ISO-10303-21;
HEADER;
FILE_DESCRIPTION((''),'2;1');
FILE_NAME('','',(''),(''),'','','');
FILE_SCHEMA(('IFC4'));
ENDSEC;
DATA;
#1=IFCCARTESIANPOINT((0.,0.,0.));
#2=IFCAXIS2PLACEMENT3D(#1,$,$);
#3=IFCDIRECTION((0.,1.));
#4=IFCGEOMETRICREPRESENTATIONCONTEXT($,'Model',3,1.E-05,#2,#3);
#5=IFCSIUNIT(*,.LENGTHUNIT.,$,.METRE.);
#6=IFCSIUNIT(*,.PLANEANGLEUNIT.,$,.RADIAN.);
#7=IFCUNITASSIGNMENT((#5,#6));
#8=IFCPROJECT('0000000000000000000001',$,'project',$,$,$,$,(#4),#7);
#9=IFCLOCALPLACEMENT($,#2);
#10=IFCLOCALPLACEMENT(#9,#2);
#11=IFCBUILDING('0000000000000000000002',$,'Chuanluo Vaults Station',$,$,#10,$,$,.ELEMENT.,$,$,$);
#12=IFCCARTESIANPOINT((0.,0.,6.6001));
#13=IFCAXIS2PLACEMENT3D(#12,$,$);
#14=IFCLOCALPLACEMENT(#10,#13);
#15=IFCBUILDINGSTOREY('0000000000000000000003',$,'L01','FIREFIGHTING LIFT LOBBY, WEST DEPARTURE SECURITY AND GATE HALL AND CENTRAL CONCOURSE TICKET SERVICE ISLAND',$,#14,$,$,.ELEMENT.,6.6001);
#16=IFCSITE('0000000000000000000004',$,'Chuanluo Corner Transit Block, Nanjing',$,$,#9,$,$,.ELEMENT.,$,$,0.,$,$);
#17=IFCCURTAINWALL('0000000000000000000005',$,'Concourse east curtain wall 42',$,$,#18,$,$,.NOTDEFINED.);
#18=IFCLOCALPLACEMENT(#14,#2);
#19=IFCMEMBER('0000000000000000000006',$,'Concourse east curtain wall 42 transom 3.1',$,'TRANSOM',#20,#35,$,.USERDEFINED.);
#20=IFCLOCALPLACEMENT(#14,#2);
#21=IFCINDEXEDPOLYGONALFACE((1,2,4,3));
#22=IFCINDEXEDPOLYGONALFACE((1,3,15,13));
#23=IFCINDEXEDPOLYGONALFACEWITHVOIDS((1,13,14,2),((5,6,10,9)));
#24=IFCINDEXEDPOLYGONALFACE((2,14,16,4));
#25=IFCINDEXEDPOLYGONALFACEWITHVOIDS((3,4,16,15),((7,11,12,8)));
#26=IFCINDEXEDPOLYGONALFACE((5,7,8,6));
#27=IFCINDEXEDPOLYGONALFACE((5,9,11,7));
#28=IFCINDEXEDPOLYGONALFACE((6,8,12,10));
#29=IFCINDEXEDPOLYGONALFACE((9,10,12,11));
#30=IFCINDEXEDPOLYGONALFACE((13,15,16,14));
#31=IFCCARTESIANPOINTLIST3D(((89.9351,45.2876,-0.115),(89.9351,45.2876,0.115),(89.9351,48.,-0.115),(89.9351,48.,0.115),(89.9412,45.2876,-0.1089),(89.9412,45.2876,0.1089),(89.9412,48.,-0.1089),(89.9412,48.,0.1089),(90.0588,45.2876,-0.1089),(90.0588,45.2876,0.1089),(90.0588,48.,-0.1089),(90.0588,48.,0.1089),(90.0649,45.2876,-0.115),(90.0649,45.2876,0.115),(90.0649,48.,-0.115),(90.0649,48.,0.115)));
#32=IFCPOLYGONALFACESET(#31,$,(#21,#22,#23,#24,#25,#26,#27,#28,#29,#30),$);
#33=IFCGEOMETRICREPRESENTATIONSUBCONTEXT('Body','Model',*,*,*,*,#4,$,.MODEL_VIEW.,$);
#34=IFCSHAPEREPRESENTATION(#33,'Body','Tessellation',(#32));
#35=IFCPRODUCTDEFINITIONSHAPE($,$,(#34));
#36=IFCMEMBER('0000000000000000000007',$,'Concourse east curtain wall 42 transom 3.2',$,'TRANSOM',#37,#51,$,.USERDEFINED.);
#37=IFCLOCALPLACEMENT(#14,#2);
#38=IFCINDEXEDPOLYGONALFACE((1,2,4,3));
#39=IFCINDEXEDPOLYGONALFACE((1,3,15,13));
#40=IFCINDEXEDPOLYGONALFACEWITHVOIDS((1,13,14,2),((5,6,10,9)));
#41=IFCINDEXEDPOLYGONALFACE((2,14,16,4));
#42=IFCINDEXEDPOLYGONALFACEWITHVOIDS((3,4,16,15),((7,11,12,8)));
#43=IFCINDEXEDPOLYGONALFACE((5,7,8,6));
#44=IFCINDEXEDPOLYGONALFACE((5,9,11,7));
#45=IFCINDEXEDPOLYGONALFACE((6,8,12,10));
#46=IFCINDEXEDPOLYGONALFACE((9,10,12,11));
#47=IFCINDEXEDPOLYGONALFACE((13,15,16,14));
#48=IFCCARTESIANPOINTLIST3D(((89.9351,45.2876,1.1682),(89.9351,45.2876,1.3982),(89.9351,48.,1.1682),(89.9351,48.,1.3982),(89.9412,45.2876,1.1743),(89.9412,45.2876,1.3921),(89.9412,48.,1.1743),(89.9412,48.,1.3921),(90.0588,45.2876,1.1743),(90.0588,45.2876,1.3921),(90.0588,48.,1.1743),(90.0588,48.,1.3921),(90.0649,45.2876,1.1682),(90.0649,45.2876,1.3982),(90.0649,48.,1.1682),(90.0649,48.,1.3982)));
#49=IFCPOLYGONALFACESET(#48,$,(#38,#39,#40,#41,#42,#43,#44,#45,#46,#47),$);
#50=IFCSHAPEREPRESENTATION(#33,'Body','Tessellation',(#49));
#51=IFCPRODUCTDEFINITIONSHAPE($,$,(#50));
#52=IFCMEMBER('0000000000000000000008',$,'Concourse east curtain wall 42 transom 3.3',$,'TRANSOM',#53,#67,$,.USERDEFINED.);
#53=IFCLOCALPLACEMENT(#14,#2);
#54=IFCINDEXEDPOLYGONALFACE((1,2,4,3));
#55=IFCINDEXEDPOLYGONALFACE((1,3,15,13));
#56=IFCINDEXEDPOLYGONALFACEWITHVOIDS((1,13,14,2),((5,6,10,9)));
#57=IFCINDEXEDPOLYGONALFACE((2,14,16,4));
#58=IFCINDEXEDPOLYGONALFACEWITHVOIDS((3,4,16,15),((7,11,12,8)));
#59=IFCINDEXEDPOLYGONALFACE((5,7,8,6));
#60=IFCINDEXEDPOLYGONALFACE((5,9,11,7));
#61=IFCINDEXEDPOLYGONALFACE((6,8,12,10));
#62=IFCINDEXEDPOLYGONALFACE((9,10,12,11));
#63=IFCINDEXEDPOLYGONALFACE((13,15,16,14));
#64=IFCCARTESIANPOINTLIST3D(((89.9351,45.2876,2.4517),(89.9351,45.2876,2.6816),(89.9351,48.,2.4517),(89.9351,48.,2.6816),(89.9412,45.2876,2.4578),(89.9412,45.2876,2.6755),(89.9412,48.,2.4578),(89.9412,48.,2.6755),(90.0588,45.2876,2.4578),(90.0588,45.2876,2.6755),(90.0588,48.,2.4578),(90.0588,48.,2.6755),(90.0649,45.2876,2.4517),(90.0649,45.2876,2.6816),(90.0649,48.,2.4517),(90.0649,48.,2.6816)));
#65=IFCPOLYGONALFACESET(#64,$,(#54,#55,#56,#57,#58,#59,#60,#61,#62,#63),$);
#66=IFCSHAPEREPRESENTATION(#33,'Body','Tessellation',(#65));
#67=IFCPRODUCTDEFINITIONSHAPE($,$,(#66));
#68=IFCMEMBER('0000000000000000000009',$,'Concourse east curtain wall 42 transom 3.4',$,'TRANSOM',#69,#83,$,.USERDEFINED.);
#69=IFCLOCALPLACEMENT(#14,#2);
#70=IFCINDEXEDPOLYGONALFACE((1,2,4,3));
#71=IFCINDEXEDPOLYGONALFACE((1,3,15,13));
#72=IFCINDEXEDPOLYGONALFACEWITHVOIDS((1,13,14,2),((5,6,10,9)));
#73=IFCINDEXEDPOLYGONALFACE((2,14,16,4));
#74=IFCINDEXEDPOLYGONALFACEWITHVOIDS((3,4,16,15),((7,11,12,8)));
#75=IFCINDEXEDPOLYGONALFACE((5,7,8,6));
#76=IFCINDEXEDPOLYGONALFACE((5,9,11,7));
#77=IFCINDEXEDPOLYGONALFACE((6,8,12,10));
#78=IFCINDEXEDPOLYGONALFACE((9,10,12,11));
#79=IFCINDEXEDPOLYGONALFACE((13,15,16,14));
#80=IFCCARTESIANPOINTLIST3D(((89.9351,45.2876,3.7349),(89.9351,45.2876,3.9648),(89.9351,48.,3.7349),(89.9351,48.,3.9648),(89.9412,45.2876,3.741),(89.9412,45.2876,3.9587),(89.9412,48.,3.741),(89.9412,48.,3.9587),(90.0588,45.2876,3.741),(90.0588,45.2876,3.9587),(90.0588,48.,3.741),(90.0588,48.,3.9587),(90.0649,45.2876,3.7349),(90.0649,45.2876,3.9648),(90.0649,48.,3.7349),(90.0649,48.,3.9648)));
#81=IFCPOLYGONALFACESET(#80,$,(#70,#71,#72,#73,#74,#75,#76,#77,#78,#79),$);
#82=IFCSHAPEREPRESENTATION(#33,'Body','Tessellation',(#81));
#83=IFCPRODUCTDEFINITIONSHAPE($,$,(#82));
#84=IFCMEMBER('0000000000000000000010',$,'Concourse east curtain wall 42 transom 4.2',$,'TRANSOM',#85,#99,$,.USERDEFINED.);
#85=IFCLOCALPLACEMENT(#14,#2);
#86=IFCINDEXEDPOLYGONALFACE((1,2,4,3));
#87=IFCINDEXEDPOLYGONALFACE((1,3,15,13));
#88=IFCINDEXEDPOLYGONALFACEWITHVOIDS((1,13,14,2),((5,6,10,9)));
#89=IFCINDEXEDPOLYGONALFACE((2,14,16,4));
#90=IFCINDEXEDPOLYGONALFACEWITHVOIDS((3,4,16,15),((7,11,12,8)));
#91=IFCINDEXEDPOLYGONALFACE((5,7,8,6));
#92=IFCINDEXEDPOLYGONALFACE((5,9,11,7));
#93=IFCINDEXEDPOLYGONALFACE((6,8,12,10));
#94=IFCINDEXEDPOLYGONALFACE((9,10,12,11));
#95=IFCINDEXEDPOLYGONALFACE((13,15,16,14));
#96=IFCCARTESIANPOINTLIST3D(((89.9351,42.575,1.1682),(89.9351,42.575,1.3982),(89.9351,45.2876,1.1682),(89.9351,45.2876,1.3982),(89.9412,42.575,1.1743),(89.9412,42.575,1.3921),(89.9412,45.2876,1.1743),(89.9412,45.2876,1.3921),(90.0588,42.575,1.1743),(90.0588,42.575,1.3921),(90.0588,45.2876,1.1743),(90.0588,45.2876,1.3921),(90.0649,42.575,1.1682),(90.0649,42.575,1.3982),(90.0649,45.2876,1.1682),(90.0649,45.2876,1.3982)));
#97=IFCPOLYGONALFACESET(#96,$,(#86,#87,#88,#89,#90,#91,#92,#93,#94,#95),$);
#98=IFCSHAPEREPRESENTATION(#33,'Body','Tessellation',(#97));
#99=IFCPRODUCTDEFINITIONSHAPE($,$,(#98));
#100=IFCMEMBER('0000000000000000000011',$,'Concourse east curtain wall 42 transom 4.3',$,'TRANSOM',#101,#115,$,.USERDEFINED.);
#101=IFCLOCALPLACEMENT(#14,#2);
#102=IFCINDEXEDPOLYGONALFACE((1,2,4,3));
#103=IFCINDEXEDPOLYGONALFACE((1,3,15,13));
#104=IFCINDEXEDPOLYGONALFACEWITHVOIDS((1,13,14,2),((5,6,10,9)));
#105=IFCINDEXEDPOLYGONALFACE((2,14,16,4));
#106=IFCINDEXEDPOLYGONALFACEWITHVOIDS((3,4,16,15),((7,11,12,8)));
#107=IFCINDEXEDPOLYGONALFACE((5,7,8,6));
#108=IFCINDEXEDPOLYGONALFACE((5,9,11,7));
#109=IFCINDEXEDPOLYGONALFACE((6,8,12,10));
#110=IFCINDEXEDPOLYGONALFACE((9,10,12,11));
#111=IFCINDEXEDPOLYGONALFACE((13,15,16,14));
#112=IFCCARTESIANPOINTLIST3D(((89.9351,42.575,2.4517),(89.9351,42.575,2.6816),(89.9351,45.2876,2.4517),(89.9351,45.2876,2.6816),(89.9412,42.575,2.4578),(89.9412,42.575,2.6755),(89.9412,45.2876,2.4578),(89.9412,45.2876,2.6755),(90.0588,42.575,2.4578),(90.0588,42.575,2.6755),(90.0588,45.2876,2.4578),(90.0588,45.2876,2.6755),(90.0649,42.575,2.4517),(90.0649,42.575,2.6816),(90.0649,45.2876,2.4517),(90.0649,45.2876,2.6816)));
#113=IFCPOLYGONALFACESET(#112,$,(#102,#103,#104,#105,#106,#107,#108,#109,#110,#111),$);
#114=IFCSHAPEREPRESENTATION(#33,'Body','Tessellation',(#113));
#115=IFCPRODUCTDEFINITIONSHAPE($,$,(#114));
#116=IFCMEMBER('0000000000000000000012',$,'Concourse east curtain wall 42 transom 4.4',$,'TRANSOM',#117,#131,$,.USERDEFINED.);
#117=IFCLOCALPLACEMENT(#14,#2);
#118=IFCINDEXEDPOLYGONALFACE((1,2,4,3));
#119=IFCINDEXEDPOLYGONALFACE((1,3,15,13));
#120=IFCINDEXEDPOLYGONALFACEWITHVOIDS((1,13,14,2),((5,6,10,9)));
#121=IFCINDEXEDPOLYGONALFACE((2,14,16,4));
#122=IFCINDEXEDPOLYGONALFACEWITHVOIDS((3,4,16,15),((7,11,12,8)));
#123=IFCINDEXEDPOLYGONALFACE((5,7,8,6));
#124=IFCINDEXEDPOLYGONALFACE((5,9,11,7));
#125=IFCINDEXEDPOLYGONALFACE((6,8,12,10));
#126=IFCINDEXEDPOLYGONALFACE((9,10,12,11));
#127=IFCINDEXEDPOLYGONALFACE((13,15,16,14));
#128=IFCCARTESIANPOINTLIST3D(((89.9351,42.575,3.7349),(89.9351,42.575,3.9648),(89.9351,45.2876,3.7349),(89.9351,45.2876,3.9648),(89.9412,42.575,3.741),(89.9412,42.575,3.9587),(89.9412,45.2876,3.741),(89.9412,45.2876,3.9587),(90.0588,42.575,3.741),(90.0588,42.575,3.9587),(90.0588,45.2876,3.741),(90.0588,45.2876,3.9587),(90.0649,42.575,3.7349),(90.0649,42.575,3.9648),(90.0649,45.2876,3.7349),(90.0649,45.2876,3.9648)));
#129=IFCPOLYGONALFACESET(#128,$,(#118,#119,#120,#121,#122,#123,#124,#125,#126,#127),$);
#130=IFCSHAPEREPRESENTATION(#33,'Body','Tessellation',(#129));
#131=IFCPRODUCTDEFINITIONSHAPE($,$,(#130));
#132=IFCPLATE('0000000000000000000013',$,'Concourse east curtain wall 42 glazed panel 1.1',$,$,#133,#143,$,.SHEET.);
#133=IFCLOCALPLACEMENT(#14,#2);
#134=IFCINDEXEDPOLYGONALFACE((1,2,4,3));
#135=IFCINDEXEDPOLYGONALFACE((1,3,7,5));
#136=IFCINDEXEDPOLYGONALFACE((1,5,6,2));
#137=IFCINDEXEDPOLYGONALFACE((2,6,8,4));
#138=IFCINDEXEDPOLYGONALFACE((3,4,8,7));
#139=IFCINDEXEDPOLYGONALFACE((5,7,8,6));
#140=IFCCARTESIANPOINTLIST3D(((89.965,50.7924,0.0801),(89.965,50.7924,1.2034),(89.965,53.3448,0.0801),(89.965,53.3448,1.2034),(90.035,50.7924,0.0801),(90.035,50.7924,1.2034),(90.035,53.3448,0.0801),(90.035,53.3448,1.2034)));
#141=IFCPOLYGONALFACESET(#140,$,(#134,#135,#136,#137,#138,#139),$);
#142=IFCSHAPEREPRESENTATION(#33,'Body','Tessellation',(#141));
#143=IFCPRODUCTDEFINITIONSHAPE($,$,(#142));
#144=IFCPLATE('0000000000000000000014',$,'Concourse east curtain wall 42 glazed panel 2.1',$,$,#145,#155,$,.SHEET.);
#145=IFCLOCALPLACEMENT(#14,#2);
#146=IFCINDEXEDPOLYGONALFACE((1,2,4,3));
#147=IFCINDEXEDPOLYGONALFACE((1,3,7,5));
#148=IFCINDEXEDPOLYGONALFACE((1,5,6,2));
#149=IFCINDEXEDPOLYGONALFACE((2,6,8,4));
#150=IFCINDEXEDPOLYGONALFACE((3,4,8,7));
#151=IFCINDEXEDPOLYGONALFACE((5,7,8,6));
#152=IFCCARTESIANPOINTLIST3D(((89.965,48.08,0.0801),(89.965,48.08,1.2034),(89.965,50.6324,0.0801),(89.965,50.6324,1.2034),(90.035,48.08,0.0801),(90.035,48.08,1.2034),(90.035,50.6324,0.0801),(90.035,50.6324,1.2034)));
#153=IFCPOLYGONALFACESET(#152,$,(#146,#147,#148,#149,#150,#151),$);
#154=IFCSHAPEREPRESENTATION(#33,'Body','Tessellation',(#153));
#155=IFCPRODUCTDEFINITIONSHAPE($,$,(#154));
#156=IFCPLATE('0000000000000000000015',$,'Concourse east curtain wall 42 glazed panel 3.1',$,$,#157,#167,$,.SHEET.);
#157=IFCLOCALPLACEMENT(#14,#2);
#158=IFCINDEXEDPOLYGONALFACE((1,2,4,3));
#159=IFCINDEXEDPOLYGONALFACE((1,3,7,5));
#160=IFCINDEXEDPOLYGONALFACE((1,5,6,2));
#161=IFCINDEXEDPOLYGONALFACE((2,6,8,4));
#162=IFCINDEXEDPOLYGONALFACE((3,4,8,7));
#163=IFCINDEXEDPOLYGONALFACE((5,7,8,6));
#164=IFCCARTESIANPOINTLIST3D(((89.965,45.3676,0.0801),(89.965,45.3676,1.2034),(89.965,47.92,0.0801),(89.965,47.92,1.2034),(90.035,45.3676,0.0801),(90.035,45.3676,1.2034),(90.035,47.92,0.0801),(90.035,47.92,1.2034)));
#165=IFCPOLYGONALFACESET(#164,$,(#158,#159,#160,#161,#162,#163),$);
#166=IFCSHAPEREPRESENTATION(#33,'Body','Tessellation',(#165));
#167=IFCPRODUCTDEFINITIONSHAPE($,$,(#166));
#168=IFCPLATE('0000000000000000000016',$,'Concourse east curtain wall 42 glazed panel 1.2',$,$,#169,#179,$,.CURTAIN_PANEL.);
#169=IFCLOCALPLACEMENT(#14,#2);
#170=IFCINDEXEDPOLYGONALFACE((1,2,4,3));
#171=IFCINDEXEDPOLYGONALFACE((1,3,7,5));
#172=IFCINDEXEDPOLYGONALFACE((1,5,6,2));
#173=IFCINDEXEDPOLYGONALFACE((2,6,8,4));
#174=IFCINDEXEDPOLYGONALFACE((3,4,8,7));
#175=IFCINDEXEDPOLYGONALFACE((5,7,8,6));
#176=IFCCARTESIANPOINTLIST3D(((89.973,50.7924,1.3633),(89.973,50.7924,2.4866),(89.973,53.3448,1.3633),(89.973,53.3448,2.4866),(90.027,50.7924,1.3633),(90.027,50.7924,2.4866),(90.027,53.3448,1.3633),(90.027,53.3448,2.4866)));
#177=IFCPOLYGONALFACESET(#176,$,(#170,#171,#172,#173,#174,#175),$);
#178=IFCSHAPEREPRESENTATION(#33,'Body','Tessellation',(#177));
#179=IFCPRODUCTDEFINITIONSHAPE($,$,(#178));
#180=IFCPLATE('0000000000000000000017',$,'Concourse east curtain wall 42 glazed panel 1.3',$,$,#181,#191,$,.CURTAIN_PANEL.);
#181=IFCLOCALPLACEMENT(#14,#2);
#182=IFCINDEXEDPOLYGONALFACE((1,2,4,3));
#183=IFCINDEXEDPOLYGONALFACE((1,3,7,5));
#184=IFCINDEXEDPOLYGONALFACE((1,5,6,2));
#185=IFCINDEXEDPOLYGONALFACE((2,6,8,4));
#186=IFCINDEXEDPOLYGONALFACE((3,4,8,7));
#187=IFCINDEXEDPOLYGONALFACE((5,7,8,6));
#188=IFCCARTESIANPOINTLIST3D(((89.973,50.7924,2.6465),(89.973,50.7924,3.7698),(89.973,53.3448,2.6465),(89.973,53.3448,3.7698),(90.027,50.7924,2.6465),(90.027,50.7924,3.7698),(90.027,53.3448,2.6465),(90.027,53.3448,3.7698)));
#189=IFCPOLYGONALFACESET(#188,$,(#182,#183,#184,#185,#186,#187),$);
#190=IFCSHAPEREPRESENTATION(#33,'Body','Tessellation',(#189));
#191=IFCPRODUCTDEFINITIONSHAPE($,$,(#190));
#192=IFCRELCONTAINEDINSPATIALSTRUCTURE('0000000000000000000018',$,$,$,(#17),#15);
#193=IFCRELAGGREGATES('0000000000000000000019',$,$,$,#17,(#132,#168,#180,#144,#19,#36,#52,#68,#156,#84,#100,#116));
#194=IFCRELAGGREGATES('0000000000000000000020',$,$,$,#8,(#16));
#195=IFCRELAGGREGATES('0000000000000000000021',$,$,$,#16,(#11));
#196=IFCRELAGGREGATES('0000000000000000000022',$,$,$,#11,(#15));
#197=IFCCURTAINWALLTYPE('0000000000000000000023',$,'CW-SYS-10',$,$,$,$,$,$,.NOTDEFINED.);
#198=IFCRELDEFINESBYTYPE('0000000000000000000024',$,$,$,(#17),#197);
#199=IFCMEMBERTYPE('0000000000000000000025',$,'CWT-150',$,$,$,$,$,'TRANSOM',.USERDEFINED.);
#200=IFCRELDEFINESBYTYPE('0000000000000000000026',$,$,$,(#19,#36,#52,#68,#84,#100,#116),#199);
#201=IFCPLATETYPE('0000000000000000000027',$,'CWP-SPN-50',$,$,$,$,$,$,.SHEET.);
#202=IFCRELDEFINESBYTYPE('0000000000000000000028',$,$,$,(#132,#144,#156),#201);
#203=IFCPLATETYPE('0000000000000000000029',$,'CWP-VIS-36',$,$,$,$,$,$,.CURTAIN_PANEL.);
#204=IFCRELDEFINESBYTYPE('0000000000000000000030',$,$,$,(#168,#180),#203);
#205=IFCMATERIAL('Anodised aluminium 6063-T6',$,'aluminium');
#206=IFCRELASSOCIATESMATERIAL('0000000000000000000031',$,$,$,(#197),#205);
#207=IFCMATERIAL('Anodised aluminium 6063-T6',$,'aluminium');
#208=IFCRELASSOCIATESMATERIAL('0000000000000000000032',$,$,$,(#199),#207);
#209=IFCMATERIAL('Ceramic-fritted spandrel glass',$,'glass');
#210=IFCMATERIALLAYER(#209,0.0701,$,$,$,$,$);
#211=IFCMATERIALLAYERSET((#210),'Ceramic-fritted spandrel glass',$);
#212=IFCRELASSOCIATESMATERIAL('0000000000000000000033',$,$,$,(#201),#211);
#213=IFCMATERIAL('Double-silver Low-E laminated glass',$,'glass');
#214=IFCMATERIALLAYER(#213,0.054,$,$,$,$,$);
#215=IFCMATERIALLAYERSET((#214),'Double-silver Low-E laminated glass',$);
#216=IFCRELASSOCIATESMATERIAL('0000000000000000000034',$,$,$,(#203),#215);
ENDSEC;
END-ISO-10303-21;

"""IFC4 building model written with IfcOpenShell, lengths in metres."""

from ifc_helpers import new_model, si_unit, direction, frame, origin, origin_2d, place, context, subcontext, project, spatial, rectangle, hollow_rectangle, extrude, material, layer, layer_set, material_profile, profile_set, type_object, element, aggregate, save


model = new_model("IFC4")

# Units and contexts
model_context = context("Model", 3, precision=1e-05, world=origin(), true_north=direction((0.0, 1.0)))
body_context = subcontext(model_context, "Body", "Model", "MODEL_VIEW")
ifc_project = project(units=[si_unit("LENGTHUNIT", "METRE"), si_unit("PLANEANGLEUNIT", "RADIAN")], contexts=[model_context])

# Site, building, storey
site_placement = place(None, origin())
site = spatial("IfcSite", under=ifc_project, at=site_placement, Name="Chuanluo Corner Transit Block, Nanjing", CompositionType="ELEMENT", RefElevation=0.0)
building_placement = place(site_placement, origin())
building = spatial("IfcBuilding", under=site, at=building_placement, Name="Chuanluo Vaults Station", CompositionType="ELEMENT")
storey_placement = place(building_placement, frame((0.0, 0.0, 6.6001)))
storey = spatial("IfcBuildingStorey", under=building, at=storey_placement, Name="L01", Description="FIREFIGHTING LIFT LOBBY, WEST DEPARTURE SECURITY AND GATE HALL AND CENTRAL CONCOURSE TICKET SERVICE ISLAND", CompositionType="ELEMENT", Elevation=6.6001)

# Curtain wall, members, plates
ifc_material_1 = material(Name="Anodised aluminium 6063-T6", Category="aluminium")
curtain_wall_type = type_object("IfcCurtainWallType", Name="CW-SYS-10", PredefinedType="NOTDEFINED", material=ifc_material_1)
curtain_wall_placement = place(storey_placement, origin())
curtain_wall = element("IfcCurtainWall", 1, at=curtain_wall_placement, inside=storey, type_object=curtain_wall_type, Name="Concourse east curtain wall 42", PredefinedType="NOTDEFINED")
ifc_material_2 = material(Name="Anodised aluminium 6063-T6", Category="aluminium")
ifc_material_profile_1 = material_profile(ifc_material_2, hollow_rectangle(XDim=0.1299, YDim=0.23, WallThickness=0.0061, at=origin_2d()))
ifc_profile_set_1 = profile_set([ifc_material_profile_1], Name="Anodised aluminium 6063-T6")
member_type_1 = type_object("IfcMemberType", Name="CWT-150", ElementType="TRANSOM", PredefinedType="USERDEFINED", material=ifc_profile_set_1)
member_1_placement = place(storey_placement, frame((90.0, 48.0, 0.0), z_axis=(0.0, -1.0, 0.0), x_axis=(1.0, 0.0, 0.0)))
member_1 = element("IfcMember", 2, at=member_1_placement, type_object=member_type_1, Name="Concourse east curtain wall 42 transom 3.1", ObjectType="TRANSOM", PredefinedType="USERDEFINED", context=body_context, shape_type="SweptSolid", body=[
    extrude(hollow_rectangle(XDim=0.1299, YDim=0.23, WallThickness=0.0061, at=origin_2d()), origin(), (0.0, 0.0, 1.0), 2.7124),
])
member_2_placement = place(storey_placement, frame((90.0, 48.0, 1.2832), z_axis=(0.0, -1.0, 0.0), x_axis=(1.0, 0.0, 0.0)))
member_2 = element("IfcMember", 3, at=member_2_placement, type_object=member_type_1, Name="Concourse east curtain wall 42 transom 3.2", ObjectType="TRANSOM", PredefinedType="USERDEFINED", context=body_context, shape_type="SweptSolid", body=[
    extrude(hollow_rectangle(XDim=0.1299, YDim=0.23, WallThickness=0.0061, at=origin_2d()), origin(), (0.0, 0.0, 1.0), 2.7124),
])
member_3_placement = place(storey_placement, frame((90.0, 48.0, 2.5667), z_axis=(0.0, -1.0, 0.0), x_axis=(1.0, 0.0, 0.0)))
member_3 = element("IfcMember", 4, at=member_3_placement, type_object=member_type_1, Name="Concourse east curtain wall 42 transom 3.3", ObjectType="TRANSOM", PredefinedType="USERDEFINED", context=body_context, shape_type="SweptSolid", body=[
    extrude(hollow_rectangle(XDim=0.1299, YDim=0.23, WallThickness=0.0061, at=origin_2d()), origin(), (0.0, 0.0, 1.0), 2.7124),
])
member_4_placement = place(storey_placement, frame((90.0, 48.0, 3.8499), z_axis=(0.0, -1.0, 0.0), x_axis=(1.0, 0.0, 0.0)))
member_4 = element("IfcMember", 5, at=member_4_placement, type_object=member_type_1, Name="Concourse east curtain wall 42 transom 3.4", ObjectType="TRANSOM", PredefinedType="USERDEFINED", context=body_context, shape_type="SweptSolid", body=[
    extrude(hollow_rectangle(XDim=0.1299, YDim=0.23, WallThickness=0.0061, at=origin_2d()), origin(), (0.0, 0.0, 1.0), 2.7124),
])
member_5_placement = place(storey_placement, frame((90.0, 45.2876, 1.2832), z_axis=(0.0, -1.0, 0.0), x_axis=(1.0, 0.0, 0.0)))
member_5 = element("IfcMember", 6, at=member_5_placement, type_object=member_type_1, Name="Concourse east curtain wall 42 transom 4.2", ObjectType="TRANSOM", PredefinedType="USERDEFINED", context=body_context, shape_type="SweptSolid", body=[
    extrude(hollow_rectangle(XDim=0.1299, YDim=0.23, WallThickness=0.0061, at=origin_2d()), origin(), (0.0, 0.0, 1.0), 2.7126),
])
member_6_placement = place(storey_placement, frame((90.0, 45.2876, 2.5667), z_axis=(0.0, -1.0, 0.0), x_axis=(1.0, 0.0, 0.0)))
member_6 = element("IfcMember", 7, at=member_6_placement, type_object=member_type_1, Name="Concourse east curtain wall 42 transom 4.3", ObjectType="TRANSOM", PredefinedType="USERDEFINED", context=body_context, shape_type="SweptSolid", body=[
    extrude(hollow_rectangle(XDim=0.1299, YDim=0.23, WallThickness=0.0061, at=origin_2d()), origin(), (0.0, 0.0, 1.0), 2.7126),
])
member_7_placement = place(storey_placement, frame((90.0, 45.2876, 3.8499), z_axis=(0.0, -1.0, 0.0), x_axis=(1.0, 0.0, 0.0)))
member_7 = element("IfcMember", 8, at=member_7_placement, type_object=member_type_1, Name="Concourse east curtain wall 42 transom 4.4", ObjectType="TRANSOM", PredefinedType="USERDEFINED", context=body_context, shape_type="SweptSolid", body=[
    extrude(hollow_rectangle(XDim=0.1299, YDim=0.23, WallThickness=0.0061, at=origin_2d()), origin(), (0.0, 0.0, 1.0), 2.7126),
])
ifc_material_3 = material(Name="Ceramic-fritted spandrel glass", Category="glass")
ifc_layer_1 = layer(ifc_material_3, 0.0701)
ifc_layer_set_1 = layer_set([ifc_layer_1], Name="Ceramic-fritted spandrel glass")
plate_type_1 = type_object("IfcPlateType", Name="CWP-SPN-50", PredefinedType="SHEET", material=ifc_layer_set_1)
plate_1_placement = place(storey_placement, frame((90.0, 52.0686, 0.0801), z_axis=(0.0, 0.0, 1.0), x_axis=(0.0, -1.0, 0.0)))
plate_1 = element("IfcPlate", 9, at=plate_1_placement, type_object=plate_type_1, Name="Concourse east curtain wall 42 glazed panel 1.1", PredefinedType="SHEET", context=body_context, shape_type="SweptSolid", body=[
    extrude(rectangle(XDim=2.5525, YDim=0.0701, at=origin_2d()), origin(), (0.0, 0.0, 1.0), 1.1233),
])
plate_2_placement = place(storey_placement, frame((90.0, 49.3562, 0.0801), z_axis=(0.0, 0.0, 1.0), x_axis=(0.0, -1.0, 0.0)))
plate_2 = element("IfcPlate", 10, at=plate_2_placement, type_object=plate_type_1, Name="Concourse east curtain wall 42 glazed panel 2.1", PredefinedType="SHEET", context=body_context, shape_type="SweptSolid", body=[
    extrude(rectangle(XDim=2.5525, YDim=0.0701, at=origin_2d()), origin(), (0.0, 0.0, 1.0), 1.1233),
])
plate_3_placement = place(storey_placement, frame((90.0, 46.6438, 0.0801), z_axis=(0.0, 0.0, 1.0), x_axis=(0.0, -1.0, 0.0)))
plate_3 = element("IfcPlate", 11, at=plate_3_placement, type_object=plate_type_1, Name="Concourse east curtain wall 42 glazed panel 3.1", PredefinedType="SHEET", context=body_context, shape_type="SweptSolid", body=[
    extrude(rectangle(XDim=2.5525, YDim=0.0701, at=origin_2d()), origin(), (0.0, 0.0, 1.0), 1.1233),
])
ifc_material_4 = material(Name="Double-silver Low-E laminated glass", Category="glass")
ifc_layer_2 = layer(ifc_material_4, 0.054)
ifc_layer_set_2 = layer_set([ifc_layer_2], Name="Double-silver Low-E laminated glass")
plate_type_2 = type_object("IfcPlateType", Name="CWP-VIS-36", PredefinedType="CURTAIN_PANEL", material=ifc_layer_set_2)
plate_4_placement = place(storey_placement, frame((90.0, 52.0686, 1.3633), z_axis=(0.0, 0.0, 1.0), x_axis=(0.0, -1.0, 0.0)))
plate_4 = element("IfcPlate", 12, at=plate_4_placement, type_object=plate_type_2, Name="Concourse east curtain wall 42 glazed panel 1.2", PredefinedType="CURTAIN_PANEL", context=body_context, shape_type="SweptSolid", body=[
    extrude(rectangle(XDim=2.5525, YDim=0.054, at=origin_2d()), origin(), (0.0, 0.0, 1.0), 1.1233),
])
plate_5_placement = place(storey_placement, frame((90.0, 52.0686, 2.6465), z_axis=(0.0, 0.0, 1.0), x_axis=(0.0, -1.0, 0.0)))
plate_5 = element("IfcPlate", 13, at=plate_5_placement, type_object=plate_type_2, Name="Concourse east curtain wall 42 glazed panel 1.3", PredefinedType="CURTAIN_PANEL", context=body_context, shape_type="SweptSolid", body=[
    extrude(rectangle(XDim=2.5525, YDim=0.054, at=origin_2d()), origin(), (0.0, 0.0, 1.0), 1.1233),
])
aggregate(curtain_wall, [plate_1, plate_4, plate_5, plate_2, member_1, member_2, member_3, member_4, plate_3, member_5, member_6, member_7])

save(model, "model.ifc")
